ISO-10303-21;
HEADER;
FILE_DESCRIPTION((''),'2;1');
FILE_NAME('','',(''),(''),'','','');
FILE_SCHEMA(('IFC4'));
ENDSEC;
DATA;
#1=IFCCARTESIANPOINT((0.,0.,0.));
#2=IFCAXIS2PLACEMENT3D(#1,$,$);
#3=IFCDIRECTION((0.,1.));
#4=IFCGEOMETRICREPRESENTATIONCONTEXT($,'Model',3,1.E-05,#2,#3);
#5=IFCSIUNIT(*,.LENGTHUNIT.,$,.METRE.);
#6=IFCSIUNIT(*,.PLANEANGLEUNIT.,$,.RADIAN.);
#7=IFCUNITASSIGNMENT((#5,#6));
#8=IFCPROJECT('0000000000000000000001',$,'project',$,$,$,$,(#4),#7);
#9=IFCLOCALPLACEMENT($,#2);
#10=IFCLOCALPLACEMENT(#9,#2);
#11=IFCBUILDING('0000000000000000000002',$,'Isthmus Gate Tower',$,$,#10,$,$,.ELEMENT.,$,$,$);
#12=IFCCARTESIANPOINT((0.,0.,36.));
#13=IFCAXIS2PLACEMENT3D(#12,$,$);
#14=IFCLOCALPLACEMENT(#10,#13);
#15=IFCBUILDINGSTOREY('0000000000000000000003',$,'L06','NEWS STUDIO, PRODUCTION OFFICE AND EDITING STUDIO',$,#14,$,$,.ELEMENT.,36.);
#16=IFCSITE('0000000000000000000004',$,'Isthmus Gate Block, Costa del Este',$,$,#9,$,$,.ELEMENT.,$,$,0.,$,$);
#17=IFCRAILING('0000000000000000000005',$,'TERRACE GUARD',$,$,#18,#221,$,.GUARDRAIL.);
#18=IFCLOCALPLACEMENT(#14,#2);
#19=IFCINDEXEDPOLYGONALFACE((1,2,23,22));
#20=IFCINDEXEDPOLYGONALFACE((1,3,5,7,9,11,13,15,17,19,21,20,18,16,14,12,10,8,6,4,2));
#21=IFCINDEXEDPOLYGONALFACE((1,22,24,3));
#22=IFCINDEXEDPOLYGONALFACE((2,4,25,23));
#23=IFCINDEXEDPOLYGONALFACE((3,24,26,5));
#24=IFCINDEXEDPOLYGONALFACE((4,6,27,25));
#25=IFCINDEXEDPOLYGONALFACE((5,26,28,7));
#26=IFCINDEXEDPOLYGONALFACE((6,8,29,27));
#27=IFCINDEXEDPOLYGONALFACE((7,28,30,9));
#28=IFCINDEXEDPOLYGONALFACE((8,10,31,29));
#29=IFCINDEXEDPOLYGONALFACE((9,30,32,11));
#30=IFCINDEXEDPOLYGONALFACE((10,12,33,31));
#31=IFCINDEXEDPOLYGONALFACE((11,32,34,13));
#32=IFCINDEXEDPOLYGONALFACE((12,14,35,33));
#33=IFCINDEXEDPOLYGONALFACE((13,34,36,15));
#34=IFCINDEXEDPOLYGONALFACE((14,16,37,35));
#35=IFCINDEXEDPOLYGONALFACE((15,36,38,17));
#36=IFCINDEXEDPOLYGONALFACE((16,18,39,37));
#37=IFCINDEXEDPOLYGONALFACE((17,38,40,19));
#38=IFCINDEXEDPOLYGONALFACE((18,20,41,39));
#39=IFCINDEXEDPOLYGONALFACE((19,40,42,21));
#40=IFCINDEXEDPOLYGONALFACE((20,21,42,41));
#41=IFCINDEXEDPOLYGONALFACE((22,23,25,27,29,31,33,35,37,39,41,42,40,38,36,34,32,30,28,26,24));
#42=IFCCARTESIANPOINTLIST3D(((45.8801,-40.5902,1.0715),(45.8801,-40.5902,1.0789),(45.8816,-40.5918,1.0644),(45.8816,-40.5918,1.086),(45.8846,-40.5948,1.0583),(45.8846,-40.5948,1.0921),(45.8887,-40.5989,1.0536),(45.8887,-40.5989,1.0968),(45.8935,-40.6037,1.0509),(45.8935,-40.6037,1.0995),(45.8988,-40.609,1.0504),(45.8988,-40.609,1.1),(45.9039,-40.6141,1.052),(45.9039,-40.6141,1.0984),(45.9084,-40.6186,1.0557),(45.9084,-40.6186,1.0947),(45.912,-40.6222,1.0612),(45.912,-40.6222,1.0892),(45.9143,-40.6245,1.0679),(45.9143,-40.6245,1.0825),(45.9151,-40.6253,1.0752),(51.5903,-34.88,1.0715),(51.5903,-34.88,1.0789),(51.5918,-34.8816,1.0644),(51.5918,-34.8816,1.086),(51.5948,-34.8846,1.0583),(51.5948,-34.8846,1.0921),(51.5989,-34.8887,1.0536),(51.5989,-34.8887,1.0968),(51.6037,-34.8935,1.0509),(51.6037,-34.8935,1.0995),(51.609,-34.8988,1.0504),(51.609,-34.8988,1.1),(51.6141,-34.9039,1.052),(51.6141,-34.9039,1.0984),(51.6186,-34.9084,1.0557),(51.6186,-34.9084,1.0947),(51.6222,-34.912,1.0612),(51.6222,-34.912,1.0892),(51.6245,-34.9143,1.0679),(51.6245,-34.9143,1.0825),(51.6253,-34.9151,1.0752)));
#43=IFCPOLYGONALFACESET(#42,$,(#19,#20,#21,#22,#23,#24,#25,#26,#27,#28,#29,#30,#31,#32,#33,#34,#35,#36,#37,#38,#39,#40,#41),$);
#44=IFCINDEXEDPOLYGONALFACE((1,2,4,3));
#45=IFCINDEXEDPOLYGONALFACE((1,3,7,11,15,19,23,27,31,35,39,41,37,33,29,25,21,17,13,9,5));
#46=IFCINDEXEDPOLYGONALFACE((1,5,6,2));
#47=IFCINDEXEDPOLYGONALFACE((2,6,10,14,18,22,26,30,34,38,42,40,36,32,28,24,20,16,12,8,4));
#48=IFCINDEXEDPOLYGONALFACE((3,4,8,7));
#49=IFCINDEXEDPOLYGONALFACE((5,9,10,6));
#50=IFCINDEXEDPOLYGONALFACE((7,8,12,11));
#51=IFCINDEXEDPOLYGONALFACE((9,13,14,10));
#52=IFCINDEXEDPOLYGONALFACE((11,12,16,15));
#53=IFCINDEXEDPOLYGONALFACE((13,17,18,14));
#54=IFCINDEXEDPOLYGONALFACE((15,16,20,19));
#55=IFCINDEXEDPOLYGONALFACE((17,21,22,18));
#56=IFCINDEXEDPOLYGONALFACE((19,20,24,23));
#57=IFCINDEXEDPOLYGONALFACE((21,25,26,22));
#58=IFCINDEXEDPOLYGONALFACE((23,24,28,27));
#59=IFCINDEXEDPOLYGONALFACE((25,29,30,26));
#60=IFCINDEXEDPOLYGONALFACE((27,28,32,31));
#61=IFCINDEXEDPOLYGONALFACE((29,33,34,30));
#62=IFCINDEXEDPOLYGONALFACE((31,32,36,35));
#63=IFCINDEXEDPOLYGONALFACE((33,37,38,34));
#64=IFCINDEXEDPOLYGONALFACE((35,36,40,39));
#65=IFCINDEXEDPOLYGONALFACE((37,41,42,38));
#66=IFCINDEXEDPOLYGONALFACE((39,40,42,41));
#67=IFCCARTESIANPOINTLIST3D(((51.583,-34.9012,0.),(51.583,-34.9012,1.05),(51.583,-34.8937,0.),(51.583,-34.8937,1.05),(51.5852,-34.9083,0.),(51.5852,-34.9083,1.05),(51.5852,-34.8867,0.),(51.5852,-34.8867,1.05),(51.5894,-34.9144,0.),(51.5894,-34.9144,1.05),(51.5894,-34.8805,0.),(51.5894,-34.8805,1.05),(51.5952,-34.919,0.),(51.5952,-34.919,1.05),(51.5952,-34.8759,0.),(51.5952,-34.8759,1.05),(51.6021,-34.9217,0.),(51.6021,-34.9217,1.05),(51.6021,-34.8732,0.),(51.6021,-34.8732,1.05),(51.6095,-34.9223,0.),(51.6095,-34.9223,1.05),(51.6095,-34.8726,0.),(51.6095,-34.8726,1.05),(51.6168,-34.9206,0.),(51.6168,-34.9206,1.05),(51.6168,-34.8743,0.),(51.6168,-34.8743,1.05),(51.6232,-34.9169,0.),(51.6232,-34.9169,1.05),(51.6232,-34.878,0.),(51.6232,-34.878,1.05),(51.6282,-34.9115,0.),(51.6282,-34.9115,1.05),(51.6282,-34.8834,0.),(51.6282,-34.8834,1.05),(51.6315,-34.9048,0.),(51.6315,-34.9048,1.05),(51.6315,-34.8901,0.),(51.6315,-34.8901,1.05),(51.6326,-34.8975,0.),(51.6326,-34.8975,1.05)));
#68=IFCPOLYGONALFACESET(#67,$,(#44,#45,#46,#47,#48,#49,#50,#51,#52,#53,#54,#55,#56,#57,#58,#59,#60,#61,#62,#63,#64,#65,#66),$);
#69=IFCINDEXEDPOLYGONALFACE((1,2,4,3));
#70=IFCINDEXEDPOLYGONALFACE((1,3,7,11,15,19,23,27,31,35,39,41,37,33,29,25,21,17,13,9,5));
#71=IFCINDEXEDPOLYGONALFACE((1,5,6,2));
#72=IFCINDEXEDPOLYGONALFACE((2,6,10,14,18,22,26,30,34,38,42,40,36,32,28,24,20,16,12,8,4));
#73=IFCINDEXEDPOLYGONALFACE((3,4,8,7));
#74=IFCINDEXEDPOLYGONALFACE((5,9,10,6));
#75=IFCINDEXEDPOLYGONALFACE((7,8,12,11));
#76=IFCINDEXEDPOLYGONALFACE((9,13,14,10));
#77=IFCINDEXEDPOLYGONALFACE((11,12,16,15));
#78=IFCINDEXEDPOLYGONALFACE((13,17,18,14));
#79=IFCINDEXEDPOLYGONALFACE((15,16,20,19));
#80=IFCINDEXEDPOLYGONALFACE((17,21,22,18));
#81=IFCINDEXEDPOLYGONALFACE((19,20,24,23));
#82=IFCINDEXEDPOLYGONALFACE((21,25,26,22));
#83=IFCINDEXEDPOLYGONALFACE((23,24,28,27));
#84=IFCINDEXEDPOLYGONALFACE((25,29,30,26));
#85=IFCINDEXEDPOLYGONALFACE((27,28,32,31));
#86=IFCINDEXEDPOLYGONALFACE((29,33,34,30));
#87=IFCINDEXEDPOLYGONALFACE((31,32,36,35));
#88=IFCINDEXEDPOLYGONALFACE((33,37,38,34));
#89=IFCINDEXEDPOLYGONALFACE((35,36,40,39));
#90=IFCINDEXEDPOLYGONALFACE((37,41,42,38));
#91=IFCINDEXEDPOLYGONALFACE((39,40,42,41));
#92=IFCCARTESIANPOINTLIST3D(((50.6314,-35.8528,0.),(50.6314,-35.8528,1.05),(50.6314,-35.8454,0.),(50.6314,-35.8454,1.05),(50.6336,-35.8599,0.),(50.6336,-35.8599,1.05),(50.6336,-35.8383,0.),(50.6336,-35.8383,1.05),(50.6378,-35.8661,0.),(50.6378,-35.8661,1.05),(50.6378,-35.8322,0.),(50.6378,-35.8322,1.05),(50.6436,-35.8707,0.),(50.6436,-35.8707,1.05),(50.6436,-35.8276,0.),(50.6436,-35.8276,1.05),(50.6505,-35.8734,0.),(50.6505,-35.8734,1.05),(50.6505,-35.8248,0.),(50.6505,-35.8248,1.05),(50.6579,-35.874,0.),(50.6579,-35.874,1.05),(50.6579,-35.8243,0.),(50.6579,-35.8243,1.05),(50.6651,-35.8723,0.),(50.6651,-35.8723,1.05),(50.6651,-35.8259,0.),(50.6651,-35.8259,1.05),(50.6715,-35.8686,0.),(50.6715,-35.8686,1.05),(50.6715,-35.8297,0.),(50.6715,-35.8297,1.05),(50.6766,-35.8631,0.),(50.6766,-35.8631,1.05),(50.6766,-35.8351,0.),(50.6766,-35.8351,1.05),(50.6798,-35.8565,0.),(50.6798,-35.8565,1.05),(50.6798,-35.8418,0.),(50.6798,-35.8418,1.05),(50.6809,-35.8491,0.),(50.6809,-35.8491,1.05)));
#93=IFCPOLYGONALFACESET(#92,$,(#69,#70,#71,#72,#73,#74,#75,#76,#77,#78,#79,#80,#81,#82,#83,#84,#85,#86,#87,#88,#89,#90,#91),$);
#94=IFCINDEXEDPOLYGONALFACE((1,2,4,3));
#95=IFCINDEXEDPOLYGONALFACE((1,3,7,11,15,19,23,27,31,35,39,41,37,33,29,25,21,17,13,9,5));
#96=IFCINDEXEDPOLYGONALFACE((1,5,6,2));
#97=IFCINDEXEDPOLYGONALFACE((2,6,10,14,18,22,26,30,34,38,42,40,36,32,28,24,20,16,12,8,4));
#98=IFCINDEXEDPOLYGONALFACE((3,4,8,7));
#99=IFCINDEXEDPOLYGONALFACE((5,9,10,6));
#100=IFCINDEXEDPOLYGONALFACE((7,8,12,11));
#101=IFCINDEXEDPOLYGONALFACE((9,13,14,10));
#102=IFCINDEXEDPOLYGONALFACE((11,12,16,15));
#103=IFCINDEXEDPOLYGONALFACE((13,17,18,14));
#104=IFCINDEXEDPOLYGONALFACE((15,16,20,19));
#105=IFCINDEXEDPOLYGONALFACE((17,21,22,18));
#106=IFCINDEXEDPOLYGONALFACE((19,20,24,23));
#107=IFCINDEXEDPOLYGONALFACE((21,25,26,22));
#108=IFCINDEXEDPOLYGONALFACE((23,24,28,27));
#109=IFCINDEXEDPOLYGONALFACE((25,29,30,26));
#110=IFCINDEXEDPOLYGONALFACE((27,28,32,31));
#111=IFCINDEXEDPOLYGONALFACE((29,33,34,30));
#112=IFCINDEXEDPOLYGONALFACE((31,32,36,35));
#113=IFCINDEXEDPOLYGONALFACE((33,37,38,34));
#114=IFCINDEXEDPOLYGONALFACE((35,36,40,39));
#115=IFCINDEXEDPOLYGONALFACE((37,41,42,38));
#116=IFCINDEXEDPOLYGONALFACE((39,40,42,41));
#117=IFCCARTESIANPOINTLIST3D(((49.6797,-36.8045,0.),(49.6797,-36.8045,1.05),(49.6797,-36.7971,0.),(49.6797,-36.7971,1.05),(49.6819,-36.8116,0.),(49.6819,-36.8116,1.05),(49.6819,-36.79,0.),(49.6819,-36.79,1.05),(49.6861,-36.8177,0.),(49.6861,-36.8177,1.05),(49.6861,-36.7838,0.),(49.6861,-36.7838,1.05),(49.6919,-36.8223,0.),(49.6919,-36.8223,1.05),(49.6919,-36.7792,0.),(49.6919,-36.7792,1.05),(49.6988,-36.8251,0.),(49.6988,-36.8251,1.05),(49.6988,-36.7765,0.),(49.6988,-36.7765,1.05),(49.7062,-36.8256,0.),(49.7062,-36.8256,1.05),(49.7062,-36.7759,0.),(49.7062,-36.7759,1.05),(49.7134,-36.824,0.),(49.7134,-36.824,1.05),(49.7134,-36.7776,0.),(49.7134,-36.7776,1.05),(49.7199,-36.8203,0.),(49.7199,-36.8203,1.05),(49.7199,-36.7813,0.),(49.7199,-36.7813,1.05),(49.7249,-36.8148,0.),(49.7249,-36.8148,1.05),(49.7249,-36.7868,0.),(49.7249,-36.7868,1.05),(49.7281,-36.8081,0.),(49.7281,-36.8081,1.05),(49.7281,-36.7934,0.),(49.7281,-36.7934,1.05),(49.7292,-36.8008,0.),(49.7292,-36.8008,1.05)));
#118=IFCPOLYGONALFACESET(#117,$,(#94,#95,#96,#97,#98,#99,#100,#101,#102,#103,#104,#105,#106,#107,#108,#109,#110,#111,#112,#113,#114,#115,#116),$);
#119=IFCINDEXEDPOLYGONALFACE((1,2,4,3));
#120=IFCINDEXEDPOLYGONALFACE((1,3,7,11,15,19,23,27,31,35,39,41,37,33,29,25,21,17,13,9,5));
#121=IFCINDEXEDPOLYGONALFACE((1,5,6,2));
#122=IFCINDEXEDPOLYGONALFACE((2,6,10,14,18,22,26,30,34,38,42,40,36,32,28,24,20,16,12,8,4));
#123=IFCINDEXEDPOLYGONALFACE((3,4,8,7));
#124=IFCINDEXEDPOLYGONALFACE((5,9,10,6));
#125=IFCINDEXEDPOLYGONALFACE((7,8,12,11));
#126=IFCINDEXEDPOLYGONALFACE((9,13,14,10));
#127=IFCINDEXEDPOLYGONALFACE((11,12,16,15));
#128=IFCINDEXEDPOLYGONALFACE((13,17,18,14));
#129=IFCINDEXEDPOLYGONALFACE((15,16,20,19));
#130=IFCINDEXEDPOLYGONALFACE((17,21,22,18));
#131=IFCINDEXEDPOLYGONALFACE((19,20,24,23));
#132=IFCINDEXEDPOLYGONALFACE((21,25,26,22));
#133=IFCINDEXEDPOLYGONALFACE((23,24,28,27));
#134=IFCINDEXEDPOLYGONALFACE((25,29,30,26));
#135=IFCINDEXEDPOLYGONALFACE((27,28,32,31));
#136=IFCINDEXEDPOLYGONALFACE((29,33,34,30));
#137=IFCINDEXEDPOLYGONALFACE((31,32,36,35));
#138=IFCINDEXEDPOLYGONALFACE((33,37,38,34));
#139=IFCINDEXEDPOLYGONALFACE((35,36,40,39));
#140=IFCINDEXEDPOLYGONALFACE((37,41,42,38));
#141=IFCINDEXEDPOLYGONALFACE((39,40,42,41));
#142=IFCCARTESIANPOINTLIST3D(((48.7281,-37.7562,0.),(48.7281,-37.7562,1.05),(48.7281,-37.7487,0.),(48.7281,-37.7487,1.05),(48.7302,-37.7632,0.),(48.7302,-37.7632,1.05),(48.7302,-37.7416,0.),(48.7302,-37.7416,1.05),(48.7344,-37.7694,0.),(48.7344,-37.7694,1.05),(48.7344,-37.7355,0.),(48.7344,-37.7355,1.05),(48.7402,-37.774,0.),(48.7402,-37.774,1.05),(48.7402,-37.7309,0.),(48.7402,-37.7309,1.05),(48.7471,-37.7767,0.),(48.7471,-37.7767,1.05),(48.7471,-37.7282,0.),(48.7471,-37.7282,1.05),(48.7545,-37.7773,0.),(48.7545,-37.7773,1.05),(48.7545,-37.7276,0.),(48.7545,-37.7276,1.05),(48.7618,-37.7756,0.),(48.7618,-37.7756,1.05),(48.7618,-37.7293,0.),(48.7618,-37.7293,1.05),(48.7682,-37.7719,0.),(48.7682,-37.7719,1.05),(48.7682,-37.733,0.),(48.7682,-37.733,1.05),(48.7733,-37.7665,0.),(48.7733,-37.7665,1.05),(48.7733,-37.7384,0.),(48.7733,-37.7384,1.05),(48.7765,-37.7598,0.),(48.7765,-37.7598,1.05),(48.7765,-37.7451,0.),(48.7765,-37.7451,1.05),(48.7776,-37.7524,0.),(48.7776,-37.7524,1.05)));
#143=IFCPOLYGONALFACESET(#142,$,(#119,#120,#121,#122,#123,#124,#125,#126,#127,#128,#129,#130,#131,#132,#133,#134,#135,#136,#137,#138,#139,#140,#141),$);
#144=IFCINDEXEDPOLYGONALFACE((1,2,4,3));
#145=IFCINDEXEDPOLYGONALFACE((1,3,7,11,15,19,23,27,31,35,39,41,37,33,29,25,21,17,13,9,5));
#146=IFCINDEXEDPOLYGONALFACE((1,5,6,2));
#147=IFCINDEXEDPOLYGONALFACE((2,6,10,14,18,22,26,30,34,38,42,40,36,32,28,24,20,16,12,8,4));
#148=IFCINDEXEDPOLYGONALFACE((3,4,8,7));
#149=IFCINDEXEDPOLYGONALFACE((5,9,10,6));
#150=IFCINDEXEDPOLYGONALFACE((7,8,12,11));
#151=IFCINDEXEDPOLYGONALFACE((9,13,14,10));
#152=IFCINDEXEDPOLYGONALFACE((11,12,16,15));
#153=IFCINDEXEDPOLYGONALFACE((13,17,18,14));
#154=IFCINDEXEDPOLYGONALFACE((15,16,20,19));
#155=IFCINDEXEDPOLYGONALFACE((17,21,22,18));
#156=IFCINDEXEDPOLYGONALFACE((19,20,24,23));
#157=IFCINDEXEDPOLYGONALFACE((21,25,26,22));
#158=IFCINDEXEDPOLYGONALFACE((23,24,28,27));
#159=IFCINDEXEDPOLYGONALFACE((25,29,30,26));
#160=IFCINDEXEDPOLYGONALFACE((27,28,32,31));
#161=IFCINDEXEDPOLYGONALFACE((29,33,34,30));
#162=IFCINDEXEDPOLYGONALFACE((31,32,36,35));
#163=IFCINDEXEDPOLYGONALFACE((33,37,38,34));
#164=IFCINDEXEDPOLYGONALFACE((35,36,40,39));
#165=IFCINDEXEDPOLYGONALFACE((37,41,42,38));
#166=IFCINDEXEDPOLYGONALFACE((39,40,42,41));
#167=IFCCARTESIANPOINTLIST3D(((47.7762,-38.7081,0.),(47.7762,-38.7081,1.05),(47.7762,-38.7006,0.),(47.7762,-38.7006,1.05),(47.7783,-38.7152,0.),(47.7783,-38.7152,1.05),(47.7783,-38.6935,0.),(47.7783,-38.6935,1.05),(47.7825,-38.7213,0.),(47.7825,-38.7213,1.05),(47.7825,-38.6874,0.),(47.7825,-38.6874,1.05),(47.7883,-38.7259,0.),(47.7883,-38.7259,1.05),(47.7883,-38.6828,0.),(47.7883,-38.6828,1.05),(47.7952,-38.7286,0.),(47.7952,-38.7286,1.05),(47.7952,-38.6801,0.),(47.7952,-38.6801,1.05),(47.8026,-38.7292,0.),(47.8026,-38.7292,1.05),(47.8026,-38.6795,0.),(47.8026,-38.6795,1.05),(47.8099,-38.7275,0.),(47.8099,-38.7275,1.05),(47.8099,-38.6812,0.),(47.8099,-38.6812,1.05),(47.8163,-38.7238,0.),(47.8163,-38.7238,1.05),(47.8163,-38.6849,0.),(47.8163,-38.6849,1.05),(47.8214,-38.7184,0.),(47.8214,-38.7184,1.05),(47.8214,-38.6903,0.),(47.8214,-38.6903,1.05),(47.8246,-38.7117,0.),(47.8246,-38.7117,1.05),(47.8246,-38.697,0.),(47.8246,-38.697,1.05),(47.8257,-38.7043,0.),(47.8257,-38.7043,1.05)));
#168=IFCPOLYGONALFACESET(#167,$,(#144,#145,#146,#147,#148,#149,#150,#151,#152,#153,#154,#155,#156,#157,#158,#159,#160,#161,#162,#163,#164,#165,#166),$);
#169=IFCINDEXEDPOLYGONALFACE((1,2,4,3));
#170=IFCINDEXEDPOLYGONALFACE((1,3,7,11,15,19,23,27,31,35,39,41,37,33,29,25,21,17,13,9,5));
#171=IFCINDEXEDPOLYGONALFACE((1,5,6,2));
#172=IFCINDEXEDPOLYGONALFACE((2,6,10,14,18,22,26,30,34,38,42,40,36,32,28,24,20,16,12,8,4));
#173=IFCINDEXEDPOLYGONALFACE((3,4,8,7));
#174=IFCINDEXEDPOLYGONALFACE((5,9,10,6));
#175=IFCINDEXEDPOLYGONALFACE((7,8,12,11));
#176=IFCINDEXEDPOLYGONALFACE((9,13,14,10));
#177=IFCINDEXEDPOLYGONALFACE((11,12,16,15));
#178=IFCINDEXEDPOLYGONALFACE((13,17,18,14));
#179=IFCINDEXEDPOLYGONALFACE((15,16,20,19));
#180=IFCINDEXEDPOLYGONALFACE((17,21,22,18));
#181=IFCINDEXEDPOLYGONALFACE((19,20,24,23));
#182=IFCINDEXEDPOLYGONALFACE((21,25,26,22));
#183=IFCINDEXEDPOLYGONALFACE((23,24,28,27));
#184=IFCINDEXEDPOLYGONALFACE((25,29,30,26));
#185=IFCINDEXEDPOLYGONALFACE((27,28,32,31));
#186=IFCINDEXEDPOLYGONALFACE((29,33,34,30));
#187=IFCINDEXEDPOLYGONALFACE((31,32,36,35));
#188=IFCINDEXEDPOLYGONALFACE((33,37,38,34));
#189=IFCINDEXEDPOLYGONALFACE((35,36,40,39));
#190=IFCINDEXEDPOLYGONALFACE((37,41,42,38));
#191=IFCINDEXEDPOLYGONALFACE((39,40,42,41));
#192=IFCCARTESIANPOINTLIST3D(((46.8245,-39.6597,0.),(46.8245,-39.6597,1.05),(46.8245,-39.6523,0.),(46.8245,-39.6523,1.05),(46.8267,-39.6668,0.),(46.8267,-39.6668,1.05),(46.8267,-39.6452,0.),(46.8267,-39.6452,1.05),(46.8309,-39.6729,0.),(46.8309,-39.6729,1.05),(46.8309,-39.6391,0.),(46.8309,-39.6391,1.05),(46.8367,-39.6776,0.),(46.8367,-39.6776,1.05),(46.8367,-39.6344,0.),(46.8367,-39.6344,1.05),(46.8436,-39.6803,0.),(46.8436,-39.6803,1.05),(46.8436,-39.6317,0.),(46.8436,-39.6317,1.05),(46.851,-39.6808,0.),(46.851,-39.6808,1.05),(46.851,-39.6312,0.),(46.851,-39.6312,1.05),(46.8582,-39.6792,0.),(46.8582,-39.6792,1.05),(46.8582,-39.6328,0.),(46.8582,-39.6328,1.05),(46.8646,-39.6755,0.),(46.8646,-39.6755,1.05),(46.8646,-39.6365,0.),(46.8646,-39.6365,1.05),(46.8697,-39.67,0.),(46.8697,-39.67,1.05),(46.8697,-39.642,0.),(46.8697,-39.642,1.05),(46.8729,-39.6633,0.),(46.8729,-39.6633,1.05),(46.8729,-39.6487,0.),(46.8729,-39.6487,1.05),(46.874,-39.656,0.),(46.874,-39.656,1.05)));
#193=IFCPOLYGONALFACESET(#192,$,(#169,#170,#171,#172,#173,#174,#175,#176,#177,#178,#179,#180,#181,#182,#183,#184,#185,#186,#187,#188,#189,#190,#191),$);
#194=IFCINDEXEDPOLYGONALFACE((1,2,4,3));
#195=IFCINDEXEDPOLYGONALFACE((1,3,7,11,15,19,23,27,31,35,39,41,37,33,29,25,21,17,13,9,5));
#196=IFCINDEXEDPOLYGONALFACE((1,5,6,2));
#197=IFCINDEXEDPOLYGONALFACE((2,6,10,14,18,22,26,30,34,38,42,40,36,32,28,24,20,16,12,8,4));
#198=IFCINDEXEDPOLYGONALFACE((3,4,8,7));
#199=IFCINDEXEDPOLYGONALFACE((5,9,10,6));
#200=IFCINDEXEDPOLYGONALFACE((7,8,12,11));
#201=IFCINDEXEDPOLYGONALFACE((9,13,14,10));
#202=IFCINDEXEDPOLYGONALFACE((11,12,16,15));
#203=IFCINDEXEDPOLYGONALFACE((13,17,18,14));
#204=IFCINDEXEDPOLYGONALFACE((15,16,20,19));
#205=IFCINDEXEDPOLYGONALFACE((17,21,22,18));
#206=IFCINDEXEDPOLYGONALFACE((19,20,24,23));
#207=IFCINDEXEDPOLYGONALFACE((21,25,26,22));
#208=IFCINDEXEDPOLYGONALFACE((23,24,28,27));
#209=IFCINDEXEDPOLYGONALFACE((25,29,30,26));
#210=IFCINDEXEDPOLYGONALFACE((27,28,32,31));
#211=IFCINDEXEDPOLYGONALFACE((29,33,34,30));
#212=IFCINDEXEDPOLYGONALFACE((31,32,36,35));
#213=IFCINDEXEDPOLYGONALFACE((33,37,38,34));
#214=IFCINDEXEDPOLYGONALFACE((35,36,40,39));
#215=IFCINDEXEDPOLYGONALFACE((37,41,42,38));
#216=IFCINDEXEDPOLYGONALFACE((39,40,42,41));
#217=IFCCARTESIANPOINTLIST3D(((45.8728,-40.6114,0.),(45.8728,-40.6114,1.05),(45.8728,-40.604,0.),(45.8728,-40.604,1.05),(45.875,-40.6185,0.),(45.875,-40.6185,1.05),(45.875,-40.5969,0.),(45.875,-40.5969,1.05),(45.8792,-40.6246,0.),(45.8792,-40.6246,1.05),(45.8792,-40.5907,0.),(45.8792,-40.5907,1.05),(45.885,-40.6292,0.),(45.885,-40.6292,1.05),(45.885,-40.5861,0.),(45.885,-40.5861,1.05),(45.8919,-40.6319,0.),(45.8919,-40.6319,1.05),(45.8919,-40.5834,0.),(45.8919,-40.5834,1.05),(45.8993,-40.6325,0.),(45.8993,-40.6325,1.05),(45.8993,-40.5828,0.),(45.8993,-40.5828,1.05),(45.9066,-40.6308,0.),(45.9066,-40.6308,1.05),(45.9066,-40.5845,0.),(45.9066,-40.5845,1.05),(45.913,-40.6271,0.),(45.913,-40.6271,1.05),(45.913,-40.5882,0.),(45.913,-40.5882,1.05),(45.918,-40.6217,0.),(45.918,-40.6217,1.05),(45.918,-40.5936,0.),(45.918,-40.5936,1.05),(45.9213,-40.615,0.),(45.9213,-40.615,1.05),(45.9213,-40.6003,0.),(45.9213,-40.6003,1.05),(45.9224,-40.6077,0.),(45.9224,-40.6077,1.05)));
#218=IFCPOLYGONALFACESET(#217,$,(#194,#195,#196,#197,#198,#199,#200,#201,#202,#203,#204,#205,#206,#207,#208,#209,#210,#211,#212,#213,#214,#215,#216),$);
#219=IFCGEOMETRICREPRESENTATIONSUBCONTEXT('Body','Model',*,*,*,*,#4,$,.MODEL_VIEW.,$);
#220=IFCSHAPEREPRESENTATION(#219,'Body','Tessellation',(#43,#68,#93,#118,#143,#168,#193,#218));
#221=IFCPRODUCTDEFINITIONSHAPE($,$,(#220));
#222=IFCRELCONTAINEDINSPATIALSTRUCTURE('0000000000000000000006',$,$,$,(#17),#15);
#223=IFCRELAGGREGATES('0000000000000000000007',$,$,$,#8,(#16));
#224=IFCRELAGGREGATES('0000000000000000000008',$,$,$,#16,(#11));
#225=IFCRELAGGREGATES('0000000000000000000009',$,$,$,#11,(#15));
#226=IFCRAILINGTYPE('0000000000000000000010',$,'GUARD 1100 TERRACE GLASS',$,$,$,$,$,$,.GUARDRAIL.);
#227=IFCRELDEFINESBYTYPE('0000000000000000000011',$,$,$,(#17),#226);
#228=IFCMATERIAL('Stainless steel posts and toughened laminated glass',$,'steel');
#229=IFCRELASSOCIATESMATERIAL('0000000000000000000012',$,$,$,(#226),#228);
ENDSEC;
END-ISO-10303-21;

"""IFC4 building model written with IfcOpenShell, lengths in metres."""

from ifc_helpers import new_model, si_unit, direction, frame, origin, origin_2d, place, context, subcontext, project, spatial, circle, extrude, material, type_object, element, save


model = new_model("IFC4")

# Units and contexts
model_context = context("Model", 3, precision=1e-05, world=origin(), true_north=direction((0.0, 1.0)))
body_context = subcontext(model_context, "Body", "Model", "MODEL_VIEW")
ifc_project = project(units=[si_unit("LENGTHUNIT", "METRE"), si_unit("PLANEANGLEUNIT", "RADIAN")], contexts=[model_context])

# Site, building, storey
site_placement = place(None, origin())
site = spatial("IfcSite", under=ifc_project, at=site_placement, Name="Isthmus Gate Block, Costa del Este", CompositionType="ELEMENT", RefElevation=0.0)
building_placement = place(site_placement, origin())
building = spatial("IfcBuilding", under=site, at=building_placement, Name="Isthmus Gate Tower", CompositionType="ELEMENT")
storey_placement = place(building_placement, frame((0.0, 0.0, 36.0)))
storey = spatial("IfcBuildingStorey", under=building, at=storey_placement, Name="L06", Description="NEWS STUDIO, PRODUCTION OFFICE AND EDITING STUDIO", CompositionType="ELEMENT", Elevation=36.0)

# Railing
ifc_material_1 = material(Name="Stainless steel posts and toughened laminated glass", Category="steel")
railing_type_1 = type_object("IfcRailingType", Name="GUARD 1100 TERRACE GLASS", PredefinedType="GUARDRAIL", material=ifc_material_1)
railing_1_placement = place(storey_placement, frame((51.6077, -34.8975, 0.0)))
element("IfcRailing", 1, at=railing_1_placement, inside=storey, type_object=railing_type_1, Name="TERRACE GUARD", PredefinedType="GUARDRAIL", context=body_context, shape_type="SweptSolid", body=[
    extrude(circle(Radius=0.0249, at=origin_2d()), frame((0.0, 0.0, 1.0752), z_axis=(-0.707107, -0.707107, 0.0), x_axis=(0.707107, -0.707107, 0.0)), (0.0, 0.0, 1.0), 8.0754),
    extrude(circle(Radius=0.0249, at=origin_2d()), origin(), (0.0, 0.0, 1.0), 1.05),
    extrude(circle(Radius=0.0249, at=origin_2d()), frame((-0.9517, -0.9517, 0.0)), (0.0, 0.0, 1.0), 1.05),
    extrude(circle(Radius=0.0249, at=origin_2d()), frame((-1.9033, -1.9033, 0.0)), (0.0, 0.0, 1.0), 1.05),
    extrude(circle(Radius=0.0249, at=origin_2d()), frame((-2.855, -2.855, 0.0)), (0.0, 0.0, 1.0), 1.05),
    extrude(circle(Radius=0.0249, at=origin_2d()), frame((-3.8069, -3.8069, 0.0)), (0.0, 0.0, 1.0), 1.05),
    extrude(circle(Radius=0.0249, at=origin_2d()), frame((-4.7585, -4.7585, 0.0)), (0.0, 0.0, 1.0), 1.05),
    extrude(circle(Radius=0.0249, at=origin_2d()), frame((-5.7102, -5.7102, 0.0)), (0.0, 0.0, 1.0), 1.05),
])

save(model, "model.ifc")
